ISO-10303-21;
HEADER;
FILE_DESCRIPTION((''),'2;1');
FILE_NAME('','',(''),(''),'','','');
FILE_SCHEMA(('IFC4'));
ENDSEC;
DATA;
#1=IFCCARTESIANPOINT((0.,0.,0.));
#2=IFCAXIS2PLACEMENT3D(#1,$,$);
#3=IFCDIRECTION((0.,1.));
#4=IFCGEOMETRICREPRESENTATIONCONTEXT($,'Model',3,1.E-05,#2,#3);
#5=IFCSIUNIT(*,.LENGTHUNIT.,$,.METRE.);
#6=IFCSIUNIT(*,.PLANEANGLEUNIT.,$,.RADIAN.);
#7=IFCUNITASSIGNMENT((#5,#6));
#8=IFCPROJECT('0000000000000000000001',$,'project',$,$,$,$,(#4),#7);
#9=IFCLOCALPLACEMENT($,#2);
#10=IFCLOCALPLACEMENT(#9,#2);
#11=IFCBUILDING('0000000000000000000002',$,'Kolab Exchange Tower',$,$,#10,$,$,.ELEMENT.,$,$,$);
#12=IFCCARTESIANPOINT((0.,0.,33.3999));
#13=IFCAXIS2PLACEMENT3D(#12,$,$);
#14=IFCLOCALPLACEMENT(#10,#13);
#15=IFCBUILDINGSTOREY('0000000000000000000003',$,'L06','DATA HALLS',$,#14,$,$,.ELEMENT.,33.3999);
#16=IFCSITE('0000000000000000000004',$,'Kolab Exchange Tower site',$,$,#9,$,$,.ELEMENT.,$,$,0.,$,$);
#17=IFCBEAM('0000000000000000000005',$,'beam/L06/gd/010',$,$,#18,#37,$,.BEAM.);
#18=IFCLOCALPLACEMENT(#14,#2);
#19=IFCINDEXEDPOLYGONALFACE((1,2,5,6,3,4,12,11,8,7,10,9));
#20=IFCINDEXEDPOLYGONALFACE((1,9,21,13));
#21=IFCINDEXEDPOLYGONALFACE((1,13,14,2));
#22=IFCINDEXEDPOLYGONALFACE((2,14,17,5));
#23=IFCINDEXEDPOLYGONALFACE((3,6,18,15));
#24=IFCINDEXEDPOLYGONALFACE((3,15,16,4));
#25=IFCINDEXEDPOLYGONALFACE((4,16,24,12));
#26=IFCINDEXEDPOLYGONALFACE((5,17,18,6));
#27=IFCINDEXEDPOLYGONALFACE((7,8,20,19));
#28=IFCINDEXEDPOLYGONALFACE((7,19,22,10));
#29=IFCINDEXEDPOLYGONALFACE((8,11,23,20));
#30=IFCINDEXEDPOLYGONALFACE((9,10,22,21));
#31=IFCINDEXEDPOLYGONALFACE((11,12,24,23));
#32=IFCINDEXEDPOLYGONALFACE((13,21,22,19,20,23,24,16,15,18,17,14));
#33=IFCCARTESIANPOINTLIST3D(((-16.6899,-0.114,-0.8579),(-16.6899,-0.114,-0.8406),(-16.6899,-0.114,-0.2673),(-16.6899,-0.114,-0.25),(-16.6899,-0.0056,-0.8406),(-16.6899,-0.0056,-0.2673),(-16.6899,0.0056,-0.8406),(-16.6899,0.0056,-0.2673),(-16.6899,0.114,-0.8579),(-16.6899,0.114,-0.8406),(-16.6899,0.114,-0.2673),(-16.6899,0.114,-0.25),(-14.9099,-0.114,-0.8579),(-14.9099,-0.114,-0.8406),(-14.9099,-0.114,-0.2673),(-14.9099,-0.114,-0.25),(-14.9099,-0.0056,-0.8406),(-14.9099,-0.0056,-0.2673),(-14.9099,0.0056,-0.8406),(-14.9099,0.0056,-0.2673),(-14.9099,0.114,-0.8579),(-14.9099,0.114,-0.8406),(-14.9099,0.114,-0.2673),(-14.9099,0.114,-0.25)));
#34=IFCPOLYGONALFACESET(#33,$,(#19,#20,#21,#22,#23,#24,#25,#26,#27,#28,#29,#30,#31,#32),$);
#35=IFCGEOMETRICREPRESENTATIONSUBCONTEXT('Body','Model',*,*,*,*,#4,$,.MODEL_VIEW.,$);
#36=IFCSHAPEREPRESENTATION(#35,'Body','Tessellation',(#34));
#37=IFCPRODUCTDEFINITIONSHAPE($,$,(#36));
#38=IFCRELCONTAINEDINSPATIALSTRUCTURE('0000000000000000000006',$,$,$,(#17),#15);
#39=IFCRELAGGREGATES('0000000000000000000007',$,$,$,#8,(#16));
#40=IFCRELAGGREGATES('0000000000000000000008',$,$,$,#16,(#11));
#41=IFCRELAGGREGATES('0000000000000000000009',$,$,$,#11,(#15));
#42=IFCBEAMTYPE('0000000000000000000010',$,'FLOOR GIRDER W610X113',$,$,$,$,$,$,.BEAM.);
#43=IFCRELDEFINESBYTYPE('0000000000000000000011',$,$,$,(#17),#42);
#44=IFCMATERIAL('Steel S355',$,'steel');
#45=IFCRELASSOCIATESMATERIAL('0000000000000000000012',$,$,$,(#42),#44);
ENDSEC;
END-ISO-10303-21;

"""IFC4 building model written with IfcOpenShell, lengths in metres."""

from ifc_helpers import new_model, si_unit, direction, frame, origin, origin_2d, place, context, subcontext, project, spatial, i_section, extrude, material, material_profile, profile_set, type_object, element, save


model = new_model("IFC4")

# Units and contexts
model_context = context("Model", 3, precision=1e-05, world=origin(), true_north=direction((0.0, 1.0)))
body_context = subcontext(model_context, "Body", "Model", "MODEL_VIEW")
ifc_project = project(units=[si_unit("LENGTHUNIT", "METRE"), si_unit("PLANEANGLEUNIT", "RADIAN")], contexts=[model_context])

# Site, building, storey
site_placement = place(None, origin())
site = spatial("IfcSite", under=ifc_project, at=site_placement, Name="Kolab Exchange Tower site", CompositionType="ELEMENT", RefElevation=0.0)
building_placement = place(site_placement, origin())
building = spatial("IfcBuilding", under=site, at=building_placement, Name="Kolab Exchange Tower", CompositionType="ELEMENT")
storey_placement = place(building_placement, frame((0.0, 0.0, 33.3999)))
storey = spatial("IfcBuildingStorey", under=building, at=storey_placement, Name="L06", Description="DATA HALLS", CompositionType="ELEMENT", Elevation=33.3999)

# Beam
ifc_material_1 = material(Name="Steel S355", Category="steel")
ifc_material_profile = material_profile(ifc_material_1, i_section(OverallWidth=0.228, OverallDepth=0.6079, WebThickness=0.0112, FlangeThickness=0.0173, at=origin_2d()), Name="W610X113")
ifc_profile_set = profile_set([ifc_material_profile], Name="Steel S355")
beam_type = type_object("IfcBeamType", Name="FLOOR GIRDER W610X113", PredefinedType="BEAM", material=ifc_profile_set)
beam_placement = place(storey_placement, frame((-16.6899, 0.0, -0.554), z_axis=(1.0, 0.0, 0.0), x_axis=(0.0, 1.0, 0.0)))
element("IfcBeam", 1, at=beam_placement, inside=storey, type_object=beam_type, Name="beam/L06/gd/010", PredefinedType="BEAM", context=body_context, shape_type="SweptSolid", body=[
    extrude(i_section(OverallWidth=0.228, OverallDepth=0.6079, WebThickness=0.0112, FlangeThickness=0.0173, at=origin_2d()), origin(), (0.0, 0.0, 1.0), 1.78),
])

save(model, "model.ifc")
